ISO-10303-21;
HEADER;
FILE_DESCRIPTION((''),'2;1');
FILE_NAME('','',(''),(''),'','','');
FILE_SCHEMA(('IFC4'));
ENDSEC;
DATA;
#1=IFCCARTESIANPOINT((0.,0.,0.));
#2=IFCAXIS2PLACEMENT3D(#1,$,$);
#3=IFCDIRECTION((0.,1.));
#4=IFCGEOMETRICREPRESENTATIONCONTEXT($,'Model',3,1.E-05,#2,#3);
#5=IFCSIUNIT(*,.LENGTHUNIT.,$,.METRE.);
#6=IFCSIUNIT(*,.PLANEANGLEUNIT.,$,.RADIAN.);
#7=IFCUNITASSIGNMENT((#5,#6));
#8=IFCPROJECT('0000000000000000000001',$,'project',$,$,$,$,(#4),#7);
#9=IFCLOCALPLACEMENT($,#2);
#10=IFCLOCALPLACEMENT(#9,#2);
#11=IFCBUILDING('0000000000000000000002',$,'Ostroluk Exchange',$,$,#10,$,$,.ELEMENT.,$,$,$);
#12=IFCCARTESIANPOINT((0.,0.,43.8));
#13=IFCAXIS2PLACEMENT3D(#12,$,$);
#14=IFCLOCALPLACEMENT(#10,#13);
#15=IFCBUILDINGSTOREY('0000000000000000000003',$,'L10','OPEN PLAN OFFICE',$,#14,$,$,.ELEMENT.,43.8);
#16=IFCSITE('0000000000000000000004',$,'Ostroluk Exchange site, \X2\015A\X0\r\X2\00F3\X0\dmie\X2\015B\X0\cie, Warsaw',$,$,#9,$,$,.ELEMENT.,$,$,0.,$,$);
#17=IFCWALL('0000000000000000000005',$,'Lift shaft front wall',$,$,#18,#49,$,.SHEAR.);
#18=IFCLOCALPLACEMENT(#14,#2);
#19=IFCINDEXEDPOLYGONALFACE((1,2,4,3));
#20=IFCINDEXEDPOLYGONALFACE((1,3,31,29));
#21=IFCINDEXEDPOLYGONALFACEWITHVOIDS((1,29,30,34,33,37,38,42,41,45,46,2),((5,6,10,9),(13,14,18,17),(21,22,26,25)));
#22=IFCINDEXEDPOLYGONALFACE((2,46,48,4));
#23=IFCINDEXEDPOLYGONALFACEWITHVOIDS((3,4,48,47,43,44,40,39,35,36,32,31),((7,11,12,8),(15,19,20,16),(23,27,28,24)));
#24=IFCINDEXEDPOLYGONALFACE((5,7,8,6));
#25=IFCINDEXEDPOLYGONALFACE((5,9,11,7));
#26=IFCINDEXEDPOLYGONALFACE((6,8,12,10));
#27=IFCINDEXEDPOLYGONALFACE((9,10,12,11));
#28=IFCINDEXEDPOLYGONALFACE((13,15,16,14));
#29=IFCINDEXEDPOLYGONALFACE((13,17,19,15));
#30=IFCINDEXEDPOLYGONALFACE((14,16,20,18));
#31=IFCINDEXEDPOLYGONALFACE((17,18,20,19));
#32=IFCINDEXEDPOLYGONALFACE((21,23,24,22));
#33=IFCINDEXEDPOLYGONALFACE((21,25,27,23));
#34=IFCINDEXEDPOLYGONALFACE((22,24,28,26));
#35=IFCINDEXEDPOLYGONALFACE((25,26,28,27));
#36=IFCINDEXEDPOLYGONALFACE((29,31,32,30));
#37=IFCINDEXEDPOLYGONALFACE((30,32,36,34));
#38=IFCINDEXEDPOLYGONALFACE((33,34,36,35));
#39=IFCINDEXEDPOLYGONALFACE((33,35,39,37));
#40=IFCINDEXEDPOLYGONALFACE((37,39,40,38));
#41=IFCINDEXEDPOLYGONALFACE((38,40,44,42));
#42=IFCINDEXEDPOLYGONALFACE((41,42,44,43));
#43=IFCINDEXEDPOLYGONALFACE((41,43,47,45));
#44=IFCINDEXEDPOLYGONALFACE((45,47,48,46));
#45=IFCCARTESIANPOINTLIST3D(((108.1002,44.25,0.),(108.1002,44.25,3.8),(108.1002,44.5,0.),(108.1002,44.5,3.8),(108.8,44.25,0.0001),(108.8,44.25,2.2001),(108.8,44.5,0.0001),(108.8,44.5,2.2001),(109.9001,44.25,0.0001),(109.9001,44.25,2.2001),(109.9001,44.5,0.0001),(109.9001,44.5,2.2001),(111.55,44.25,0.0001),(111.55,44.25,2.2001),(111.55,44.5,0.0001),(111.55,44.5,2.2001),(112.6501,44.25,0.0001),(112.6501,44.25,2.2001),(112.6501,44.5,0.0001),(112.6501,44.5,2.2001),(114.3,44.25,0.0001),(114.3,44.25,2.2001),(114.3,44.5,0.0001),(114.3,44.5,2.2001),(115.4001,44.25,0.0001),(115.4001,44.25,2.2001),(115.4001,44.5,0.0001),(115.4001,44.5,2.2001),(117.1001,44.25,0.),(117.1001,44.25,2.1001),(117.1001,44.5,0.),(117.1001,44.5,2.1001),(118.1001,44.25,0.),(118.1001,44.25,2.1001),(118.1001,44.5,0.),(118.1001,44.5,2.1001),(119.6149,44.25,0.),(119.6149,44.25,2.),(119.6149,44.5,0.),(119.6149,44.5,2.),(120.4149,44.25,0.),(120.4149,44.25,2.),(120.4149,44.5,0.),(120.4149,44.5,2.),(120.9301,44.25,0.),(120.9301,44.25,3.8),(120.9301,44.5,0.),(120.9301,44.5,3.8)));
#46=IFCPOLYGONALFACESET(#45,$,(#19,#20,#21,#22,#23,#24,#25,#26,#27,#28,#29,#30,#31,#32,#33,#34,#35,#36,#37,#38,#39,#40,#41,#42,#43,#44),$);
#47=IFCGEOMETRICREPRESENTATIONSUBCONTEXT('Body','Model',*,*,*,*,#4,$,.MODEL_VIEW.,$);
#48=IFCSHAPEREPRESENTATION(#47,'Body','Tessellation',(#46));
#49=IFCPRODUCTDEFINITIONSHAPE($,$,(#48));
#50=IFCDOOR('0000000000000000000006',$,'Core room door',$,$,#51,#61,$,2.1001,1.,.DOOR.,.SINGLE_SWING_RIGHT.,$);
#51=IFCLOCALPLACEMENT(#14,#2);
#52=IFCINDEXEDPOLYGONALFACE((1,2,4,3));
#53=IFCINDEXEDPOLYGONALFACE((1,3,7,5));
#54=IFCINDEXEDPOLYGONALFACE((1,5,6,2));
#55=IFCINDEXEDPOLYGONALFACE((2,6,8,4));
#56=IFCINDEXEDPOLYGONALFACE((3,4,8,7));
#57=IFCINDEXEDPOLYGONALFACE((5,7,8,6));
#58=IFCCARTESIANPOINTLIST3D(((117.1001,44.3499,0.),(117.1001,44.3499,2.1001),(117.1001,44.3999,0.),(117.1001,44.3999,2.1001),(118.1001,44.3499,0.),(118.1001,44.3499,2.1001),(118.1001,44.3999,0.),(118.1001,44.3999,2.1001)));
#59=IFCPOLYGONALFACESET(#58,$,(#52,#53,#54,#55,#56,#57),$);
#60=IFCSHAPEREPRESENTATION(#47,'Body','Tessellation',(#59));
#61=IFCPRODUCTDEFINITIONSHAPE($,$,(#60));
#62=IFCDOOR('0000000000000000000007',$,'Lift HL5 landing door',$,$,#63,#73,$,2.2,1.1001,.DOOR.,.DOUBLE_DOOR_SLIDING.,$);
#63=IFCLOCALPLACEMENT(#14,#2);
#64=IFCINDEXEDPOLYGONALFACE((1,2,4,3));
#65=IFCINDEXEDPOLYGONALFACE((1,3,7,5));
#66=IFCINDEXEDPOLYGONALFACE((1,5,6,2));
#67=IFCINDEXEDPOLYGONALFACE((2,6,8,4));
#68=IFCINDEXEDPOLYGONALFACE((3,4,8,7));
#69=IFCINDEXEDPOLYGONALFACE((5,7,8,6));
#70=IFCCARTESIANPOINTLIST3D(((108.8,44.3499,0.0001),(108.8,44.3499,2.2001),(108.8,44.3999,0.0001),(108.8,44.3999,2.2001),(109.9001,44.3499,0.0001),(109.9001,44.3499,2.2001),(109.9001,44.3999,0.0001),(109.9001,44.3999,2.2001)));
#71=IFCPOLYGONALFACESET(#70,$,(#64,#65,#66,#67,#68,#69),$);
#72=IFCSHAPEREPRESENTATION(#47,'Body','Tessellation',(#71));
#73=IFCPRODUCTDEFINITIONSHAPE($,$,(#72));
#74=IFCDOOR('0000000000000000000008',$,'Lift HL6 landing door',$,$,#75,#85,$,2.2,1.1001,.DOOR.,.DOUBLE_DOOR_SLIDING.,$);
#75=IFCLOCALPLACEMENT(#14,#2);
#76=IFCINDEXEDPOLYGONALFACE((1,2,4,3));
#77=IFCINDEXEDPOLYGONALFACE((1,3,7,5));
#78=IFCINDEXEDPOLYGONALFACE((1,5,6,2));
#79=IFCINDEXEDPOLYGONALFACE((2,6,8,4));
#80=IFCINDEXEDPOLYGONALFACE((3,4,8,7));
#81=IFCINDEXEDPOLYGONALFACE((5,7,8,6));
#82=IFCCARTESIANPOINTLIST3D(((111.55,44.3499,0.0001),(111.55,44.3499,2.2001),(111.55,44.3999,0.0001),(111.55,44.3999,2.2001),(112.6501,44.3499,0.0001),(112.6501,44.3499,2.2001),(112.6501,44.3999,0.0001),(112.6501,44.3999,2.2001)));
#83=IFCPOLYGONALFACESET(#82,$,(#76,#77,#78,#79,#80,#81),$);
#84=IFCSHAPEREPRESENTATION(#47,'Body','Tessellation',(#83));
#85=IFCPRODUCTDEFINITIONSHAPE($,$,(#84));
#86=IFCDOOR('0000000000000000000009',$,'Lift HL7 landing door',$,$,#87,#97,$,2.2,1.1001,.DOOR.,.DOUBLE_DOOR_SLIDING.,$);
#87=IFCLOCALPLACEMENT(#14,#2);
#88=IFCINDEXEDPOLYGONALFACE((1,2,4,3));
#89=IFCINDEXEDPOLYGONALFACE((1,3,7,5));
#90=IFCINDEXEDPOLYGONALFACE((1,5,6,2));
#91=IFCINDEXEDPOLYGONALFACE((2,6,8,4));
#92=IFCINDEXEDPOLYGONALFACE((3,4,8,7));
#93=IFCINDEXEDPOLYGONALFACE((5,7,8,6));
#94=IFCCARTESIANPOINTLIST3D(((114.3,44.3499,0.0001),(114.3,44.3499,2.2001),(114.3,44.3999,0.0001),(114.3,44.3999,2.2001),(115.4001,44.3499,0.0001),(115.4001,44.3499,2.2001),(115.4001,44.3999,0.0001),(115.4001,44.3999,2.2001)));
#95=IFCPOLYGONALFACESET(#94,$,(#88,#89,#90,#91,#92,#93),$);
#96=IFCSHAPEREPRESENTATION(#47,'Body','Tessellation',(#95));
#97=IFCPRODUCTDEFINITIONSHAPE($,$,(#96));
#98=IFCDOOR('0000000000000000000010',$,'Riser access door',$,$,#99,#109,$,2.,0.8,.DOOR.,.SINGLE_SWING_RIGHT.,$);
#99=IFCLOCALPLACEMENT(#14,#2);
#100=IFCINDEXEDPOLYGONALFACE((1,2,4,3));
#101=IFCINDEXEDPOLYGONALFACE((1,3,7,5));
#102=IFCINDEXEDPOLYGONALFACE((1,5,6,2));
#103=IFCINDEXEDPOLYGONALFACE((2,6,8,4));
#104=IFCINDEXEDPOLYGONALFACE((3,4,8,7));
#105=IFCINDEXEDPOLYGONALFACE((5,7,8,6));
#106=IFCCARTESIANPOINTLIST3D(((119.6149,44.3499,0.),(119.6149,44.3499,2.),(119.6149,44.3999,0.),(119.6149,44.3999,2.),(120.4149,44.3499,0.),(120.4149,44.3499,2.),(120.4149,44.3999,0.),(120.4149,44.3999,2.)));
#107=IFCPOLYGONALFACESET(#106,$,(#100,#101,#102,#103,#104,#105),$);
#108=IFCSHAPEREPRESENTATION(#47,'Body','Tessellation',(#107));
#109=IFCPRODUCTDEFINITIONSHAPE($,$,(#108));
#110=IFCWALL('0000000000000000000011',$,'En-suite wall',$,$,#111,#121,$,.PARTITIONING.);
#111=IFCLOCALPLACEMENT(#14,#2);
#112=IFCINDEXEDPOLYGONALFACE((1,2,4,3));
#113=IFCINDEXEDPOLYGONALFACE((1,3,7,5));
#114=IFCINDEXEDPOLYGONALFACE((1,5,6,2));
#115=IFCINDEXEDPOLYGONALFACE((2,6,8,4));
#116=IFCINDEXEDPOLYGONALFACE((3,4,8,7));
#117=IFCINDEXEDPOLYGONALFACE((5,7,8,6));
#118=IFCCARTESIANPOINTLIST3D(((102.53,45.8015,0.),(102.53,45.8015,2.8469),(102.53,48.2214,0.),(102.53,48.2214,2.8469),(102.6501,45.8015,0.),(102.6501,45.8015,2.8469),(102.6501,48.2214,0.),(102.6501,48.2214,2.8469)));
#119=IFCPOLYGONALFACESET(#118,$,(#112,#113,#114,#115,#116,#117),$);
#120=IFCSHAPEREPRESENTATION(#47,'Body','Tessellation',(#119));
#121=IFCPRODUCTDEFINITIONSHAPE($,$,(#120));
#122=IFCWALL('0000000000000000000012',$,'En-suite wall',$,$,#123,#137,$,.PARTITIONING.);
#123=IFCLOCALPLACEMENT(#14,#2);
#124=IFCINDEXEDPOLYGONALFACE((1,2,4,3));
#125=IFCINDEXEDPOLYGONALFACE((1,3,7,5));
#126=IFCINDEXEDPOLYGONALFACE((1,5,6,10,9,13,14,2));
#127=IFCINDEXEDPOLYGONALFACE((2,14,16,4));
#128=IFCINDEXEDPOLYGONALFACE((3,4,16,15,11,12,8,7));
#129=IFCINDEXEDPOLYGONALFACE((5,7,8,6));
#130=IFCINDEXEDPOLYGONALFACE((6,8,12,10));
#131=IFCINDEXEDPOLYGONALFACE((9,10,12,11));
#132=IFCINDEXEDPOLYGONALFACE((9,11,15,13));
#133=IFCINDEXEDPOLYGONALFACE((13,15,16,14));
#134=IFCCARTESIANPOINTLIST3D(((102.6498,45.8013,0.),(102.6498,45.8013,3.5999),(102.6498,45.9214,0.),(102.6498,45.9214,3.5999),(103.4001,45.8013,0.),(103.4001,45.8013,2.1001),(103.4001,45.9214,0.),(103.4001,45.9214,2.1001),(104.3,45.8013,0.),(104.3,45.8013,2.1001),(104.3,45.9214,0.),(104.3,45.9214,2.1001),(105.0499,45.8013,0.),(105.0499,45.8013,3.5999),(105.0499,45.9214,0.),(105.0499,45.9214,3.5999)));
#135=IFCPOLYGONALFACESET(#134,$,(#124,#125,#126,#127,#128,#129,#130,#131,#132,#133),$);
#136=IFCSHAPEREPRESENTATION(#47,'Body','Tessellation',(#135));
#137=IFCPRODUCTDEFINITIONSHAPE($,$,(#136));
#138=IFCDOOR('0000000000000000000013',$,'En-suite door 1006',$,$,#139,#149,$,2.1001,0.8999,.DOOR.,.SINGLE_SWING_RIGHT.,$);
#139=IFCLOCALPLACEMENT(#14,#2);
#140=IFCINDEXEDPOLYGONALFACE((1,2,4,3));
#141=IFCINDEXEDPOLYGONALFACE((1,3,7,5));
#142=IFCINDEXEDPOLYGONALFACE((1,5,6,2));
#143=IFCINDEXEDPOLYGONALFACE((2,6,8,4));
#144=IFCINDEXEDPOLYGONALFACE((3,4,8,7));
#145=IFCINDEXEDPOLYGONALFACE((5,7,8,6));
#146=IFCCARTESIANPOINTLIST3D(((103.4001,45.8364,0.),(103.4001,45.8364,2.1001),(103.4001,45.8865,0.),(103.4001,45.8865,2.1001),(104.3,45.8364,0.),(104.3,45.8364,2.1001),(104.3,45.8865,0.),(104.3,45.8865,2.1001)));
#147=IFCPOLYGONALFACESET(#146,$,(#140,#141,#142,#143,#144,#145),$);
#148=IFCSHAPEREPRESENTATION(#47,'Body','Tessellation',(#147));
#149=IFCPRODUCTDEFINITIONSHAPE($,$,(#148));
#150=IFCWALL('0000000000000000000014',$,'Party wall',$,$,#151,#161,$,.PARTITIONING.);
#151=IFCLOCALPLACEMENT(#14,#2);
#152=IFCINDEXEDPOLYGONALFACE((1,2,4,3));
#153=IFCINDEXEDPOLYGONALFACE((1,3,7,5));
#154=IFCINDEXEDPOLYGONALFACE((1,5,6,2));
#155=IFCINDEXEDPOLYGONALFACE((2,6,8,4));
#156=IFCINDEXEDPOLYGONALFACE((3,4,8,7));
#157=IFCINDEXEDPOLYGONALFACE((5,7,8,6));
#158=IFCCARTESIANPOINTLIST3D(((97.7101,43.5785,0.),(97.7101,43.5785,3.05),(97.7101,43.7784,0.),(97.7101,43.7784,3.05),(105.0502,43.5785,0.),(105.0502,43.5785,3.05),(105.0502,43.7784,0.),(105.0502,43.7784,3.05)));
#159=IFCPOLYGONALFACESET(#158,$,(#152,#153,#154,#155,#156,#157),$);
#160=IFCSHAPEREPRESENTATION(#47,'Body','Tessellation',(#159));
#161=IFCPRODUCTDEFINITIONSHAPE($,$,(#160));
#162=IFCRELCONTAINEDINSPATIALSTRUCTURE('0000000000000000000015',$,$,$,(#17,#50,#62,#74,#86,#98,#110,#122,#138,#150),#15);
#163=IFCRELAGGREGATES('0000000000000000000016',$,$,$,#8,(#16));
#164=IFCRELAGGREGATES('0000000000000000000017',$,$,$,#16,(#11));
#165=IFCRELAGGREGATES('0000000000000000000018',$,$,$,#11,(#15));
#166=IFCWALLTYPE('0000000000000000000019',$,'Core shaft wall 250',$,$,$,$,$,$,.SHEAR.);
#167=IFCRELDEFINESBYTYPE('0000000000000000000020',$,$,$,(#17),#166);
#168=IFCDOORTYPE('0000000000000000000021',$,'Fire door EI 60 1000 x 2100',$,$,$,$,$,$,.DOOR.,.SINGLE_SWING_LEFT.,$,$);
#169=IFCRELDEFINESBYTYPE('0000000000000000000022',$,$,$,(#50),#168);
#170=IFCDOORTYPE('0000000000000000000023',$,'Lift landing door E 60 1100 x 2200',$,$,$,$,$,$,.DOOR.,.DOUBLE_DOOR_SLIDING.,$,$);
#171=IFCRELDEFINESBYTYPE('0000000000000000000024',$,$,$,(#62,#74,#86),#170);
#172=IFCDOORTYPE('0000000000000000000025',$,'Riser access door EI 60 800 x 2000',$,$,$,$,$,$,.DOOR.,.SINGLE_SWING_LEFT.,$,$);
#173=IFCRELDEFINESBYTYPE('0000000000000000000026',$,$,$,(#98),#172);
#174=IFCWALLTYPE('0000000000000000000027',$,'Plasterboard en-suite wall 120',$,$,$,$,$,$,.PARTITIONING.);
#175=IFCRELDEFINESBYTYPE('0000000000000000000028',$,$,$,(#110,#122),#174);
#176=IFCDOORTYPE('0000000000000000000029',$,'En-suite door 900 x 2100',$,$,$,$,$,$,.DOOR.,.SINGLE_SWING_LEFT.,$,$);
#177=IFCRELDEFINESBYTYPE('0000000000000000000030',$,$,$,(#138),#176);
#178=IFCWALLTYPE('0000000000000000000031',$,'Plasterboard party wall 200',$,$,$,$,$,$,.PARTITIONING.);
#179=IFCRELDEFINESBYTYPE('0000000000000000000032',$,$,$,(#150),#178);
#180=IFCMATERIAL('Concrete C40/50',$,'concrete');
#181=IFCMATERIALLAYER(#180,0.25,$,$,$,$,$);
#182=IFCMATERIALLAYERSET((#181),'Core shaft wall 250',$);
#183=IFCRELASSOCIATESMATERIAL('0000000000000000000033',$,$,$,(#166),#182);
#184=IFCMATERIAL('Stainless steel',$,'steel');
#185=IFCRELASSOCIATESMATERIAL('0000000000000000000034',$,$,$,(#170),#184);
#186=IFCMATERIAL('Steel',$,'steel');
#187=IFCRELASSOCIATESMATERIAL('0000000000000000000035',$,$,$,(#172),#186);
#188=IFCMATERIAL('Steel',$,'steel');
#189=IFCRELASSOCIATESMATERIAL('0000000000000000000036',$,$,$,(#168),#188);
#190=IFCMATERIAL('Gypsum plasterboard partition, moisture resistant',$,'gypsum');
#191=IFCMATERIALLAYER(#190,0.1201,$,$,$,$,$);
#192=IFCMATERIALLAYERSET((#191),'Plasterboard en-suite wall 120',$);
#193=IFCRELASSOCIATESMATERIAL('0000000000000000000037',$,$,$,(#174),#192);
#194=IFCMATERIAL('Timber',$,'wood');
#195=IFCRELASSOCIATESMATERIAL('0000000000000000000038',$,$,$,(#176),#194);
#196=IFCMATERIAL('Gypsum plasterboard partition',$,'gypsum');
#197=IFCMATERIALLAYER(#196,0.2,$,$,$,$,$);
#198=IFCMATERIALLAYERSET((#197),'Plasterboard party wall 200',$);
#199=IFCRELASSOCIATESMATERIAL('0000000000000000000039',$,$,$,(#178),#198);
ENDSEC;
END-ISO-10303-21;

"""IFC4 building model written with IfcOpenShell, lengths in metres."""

from ifc_helpers import new_model, si_unit, direction, frame, frame_2d, origin, place, context, subcontext, project, spatial, rectangle, extrude, material, layer, layer_set, type_object, element, fill, save


model = new_model("IFC4")

# Units and contexts
model_context = context("Model", 3, precision=1e-05, world=origin(), true_north=direction((0.0, 1.0)))
body_context = subcontext(model_context, "Body", "Model", "MODEL_VIEW")
ifc_project = project(units=[si_unit("LENGTHUNIT", "METRE"), si_unit("PLANEANGLEUNIT", "RADIAN")], contexts=[model_context])

# Site, building, storey
site_placement = place(None, origin())
site = spatial("IfcSite", under=ifc_project, at=site_placement, Name="Ostroluk Exchange site, Śródmieście, Warsaw", CompositionType="ELEMENT", RefElevation=0.0)
building_placement = place(site_placement, origin())
building = spatial("IfcBuilding", under=site, at=building_placement, Name="Ostroluk Exchange", CompositionType="ELEMENT")
storey_placement = place(building_placement, frame((0.0, 0.0, 43.8)))
storey = spatial("IfcBuildingStorey", under=building, at=storey_placement, Name="L10", Description="OPEN PLAN OFFICE", CompositionType="ELEMENT", Elevation=43.8)

# Shared definitions
ifc_material_1 = material(Name="Concrete C40/50", Category="concrete")
ifc_layer_1 = layer(ifc_material_1, 0.25)
ifc_layer_set_1 = layer_set([ifc_layer_1], Name="Core shaft wall 250")
wall_type_1 = type_object("IfcWallType", Name="Core shaft wall 250", PredefinedType="SHEAR", material=ifc_layer_set_1)

# Shared definitions
ifc_material_2 = material(Name="Stainless steel", Category="steel")
door_type_1 = type_object("IfcDoorType", Name="Lift landing door E 60 1100 x 2200", OperationType="DOUBLE_DOOR_SLIDING", PredefinedType="DOOR", material=ifc_material_2)
ifc_material_3 = material(Name="Steel", Category="steel")
door_type_2 = type_object("IfcDoorType", Name="Riser access door EI 60 800 x 2000", OperationType="SINGLE_SWING_LEFT", PredefinedType="DOOR", material=ifc_material_3)

# Wall, openings, doors
wall_1_placement = place(storey_placement, frame((108.1001, 44.375, 0.0), z_axis=(0.0, 0.0, 1.0), x_axis=(1.0, 0.0, 0.0)))
wall_1 = element("IfcWall", 1, at=wall_1_placement, inside=storey, type_object=wall_type_1, Name="Lift shaft front wall", PredefinedType="SHEAR", context=body_context, shape_type="SweptSolid", body=[
    extrude(rectangle(XDim=12.8298, YDim=0.25, at=frame_2d((6.415, 0.0))), origin(), (0.0, 0.0, 1.0), 3.8),
])
opening_1_placement = place(wall_1_placement, frame((0.7, 0.0, 0.0)))
opening_1 = element("IfcOpeningElement", 2, at=opening_1_placement, cuts=wall_1, PredefinedType="OPENING", context=body_context, shape_type="SweptSolid", body=[
    extrude(rectangle(XDim=1.1001, YDim=2.2, at=frame_2d((0.55, 1.1001))), frame((0.0, 0.135, 0.0), z_axis=(0.0, -1.0, 0.0), x_axis=(1.0, 0.0, 0.0)), (0.0, 0.0, 1.0), 0.27),
])
opening_2_placement = place(wall_1_placement, frame((3.45, 0.0, 0.0)))
opening_2 = element("IfcOpeningElement", 3, at=opening_2_placement, cuts=wall_1, PredefinedType="OPENING", context=body_context, shape_type="SweptSolid", body=[
    extrude(rectangle(XDim=1.1001, YDim=2.2, at=frame_2d((0.55, 1.1001))), frame((0.0, 0.135, 0.0), z_axis=(0.0, -1.0, 0.0), x_axis=(1.0, 0.0, 0.0)), (0.0, 0.0, 1.0), 0.27),
])
opening_3_placement = place(wall_1_placement, frame((6.2, 0.0, 0.0)))
opening_3 = element("IfcOpeningElement", 4, at=opening_3_placement, cuts=wall_1, PredefinedType="OPENING", context=body_context, shape_type="SweptSolid", body=[
    extrude(rectangle(XDim=1.1001, YDim=2.2, at=frame_2d((0.55, 1.1001))), frame((0.0, 0.135, 0.0), z_axis=(0.0, -1.0, 0.0), x_axis=(1.0, 0.0, 0.0)), (0.0, 0.0, 1.0), 0.27),
])
opening_4_placement = place(wall_1_placement, frame((9.0, 0.0, 0.0)))
opening_4 = element("IfcOpeningElement", 5, at=opening_4_placement, cuts=wall_1, PredefinedType="OPENING", context=body_context, shape_type="SweptSolid", body=[
    extrude(rectangle(XDim=1.0, YDim=2.1001, at=frame_2d((0.5, 1.05))), frame((0.0, 0.135, 0.0), z_axis=(0.0, -1.0, 0.0), x_axis=(1.0, 0.0, 0.0)), (0.0, 0.0, 1.0), 0.27),
])
opening_5_placement = place(wall_1_placement, frame((11.5149, 0.0, 0.0)))
opening_5 = element("IfcOpeningElement", 6, at=opening_5_placement, cuts=wall_1, PredefinedType="OPENING", context=body_context, shape_type="SweptSolid", body=[
    extrude(rectangle(XDim=0.8, YDim=2.0, at=frame_2d((0.3999, 1.0))), frame((0.0, 0.135, 0.0), z_axis=(0.0, -1.0, 0.0), x_axis=(1.0, 0.0, 0.0)), (0.0, 0.0, 1.0), 0.27),
])
ifc_material_4 = material(Name="Steel", Category="steel")
door_type_3 = type_object("IfcDoorType", Name="Fire door EI 60 1000 x 2100", OperationType="SINGLE_SWING_LEFT", PredefinedType="DOOR", material=ifc_material_4)
door_1_placement = place(opening_4_placement, origin())
door_1 = element("IfcDoor", 7, at=door_1_placement, inside=storey, type_object=door_type_3, Name="Core room door", OperationType="SINGLE_SWING_RIGHT", OverallHeight=2.1001, OverallWidth=1.0, PredefinedType="DOOR", context=body_context, shape_type="SweptSolid", body=[
    extrude(rectangle(XDim=1.0, YDim=2.1001, at=frame_2d((0.5, 1.05))), frame((0.0, 0.0249, 0.0), z_axis=(0.0, -1.0, 0.0), x_axis=(1.0, 0.0, 0.0)), (0.0, 0.0, 1.0), 0.05),
])
fill(opening_4, door_1)
door_2_placement = place(opening_1_placement, origin())
door_2 = element("IfcDoor", 8, at=door_2_placement, inside=storey, type_object=door_type_1, Name="Lift HL5 landing door", OperationType="DOUBLE_DOOR_SLIDING", OverallHeight=2.2, OverallWidth=1.1001, PredefinedType="DOOR", context=body_context, shape_type="SweptSolid", body=[
    extrude(rectangle(XDim=1.1001, YDim=2.2, at=frame_2d((0.55, 1.1001))), frame((0.0, 0.0249, 0.0), z_axis=(0.0, -1.0, 0.0), x_axis=(1.0, 0.0, 0.0)), (0.0, 0.0, 1.0), 0.05),
])
fill(opening_1, door_2)
door_3_placement = place(opening_2_placement, origin())
door_3 = element("IfcDoor", 9, at=door_3_placement, inside=storey, type_object=door_type_1, Name="Lift HL6 landing door", OperationType="DOUBLE_DOOR_SLIDING", OverallHeight=2.2, OverallWidth=1.1001, PredefinedType="DOOR", context=body_context, shape_type="SweptSolid", body=[
    extrude(rectangle(XDim=1.1001, YDim=2.2, at=frame_2d((0.55, 1.1001))), frame((0.0, 0.0249, 0.0), z_axis=(0.0, -1.0, 0.0), x_axis=(1.0, 0.0, 0.0)), (0.0, 0.0, 1.0), 0.05),
])
fill(opening_2, door_3)
door_4_placement = place(opening_3_placement, origin())
door_4 = element("IfcDoor", 10, at=door_4_placement, inside=storey, type_object=door_type_1, Name="Lift HL7 landing door", OperationType="DOUBLE_DOOR_SLIDING", OverallHeight=2.2, OverallWidth=1.1001, PredefinedType="DOOR", context=body_context, shape_type="SweptSolid", body=[
    extrude(rectangle(XDim=1.1001, YDim=2.2, at=frame_2d((0.55, 1.1001))), frame((0.0, 0.0249, 0.0), z_axis=(0.0, -1.0, 0.0), x_axis=(1.0, 0.0, 0.0)), (0.0, 0.0, 1.0), 0.05),
])
fill(opening_3, door_4)
door_5_placement = place(opening_5_placement, origin())
door_5 = element("IfcDoor", 11, at=door_5_placement, inside=storey, type_object=door_type_2, Name="Riser access door", OperationType="SINGLE_SWING_RIGHT", OverallHeight=2.0, OverallWidth=0.8, PredefinedType="DOOR", context=body_context, shape_type="SweptSolid", body=[
    extrude(rectangle(XDim=0.8, YDim=2.0, at=frame_2d((0.3999, 1.0))), frame((0.0, 0.0249, 0.0), z_axis=(0.0, -1.0, 0.0), x_axis=(1.0, 0.0, 0.0)), (0.0, 0.0, 1.0), 0.05),
])
fill(opening_5, door_5)

# Wall
ifc_material_5 = material(Name="Gypsum plasterboard partition, moisture resistant", Category="gypsum")
ifc_layer_2 = layer(ifc_material_5, 0.1201)
ifc_layer_set_2 = layer_set([ifc_layer_2], Name="Plasterboard en-suite wall 120")
wall_type_2 = type_object("IfcWallType", Name="Plasterboard en-suite wall 120", PredefinedType="PARTITIONING", material=ifc_layer_set_2)
wall_2_placement = place(storey_placement, frame((102.5901, 48.2214, 0.0), z_axis=(0.0, 0.0, 1.0), x_axis=(0.0, -1.0, 0.0)))
element("IfcWall", 12, at=wall_2_placement, inside=storey, type_object=wall_type_2, Name="En-suite wall", PredefinedType="PARTITIONING", context=body_context, shape_type="SweptSolid", body=[
    extrude(rectangle(XDim=2.4199, YDim=0.1201, at=frame_2d((1.21, 0.0))), origin(), (0.0, 0.0, 1.0), 2.8469),
])

# Wall, opening, door
wall_3_placement = place(storey_placement, frame((105.05, 45.8613, 0.0), z_axis=(0.0, 0.0, 1.0), x_axis=(-1.0, 0.0, 0.0)))
wall_3 = element("IfcWall", 13, at=wall_3_placement, inside=storey, type_object=wall_type_2, Name="En-suite wall", PredefinedType="PARTITIONING", context=body_context, shape_type="SweptSolid", body=[
    extrude(rectangle(XDim=2.4001, YDim=0.1201, at=frame_2d((1.2002, 0.0))), origin(), (0.0, 0.0, 1.0), 3.5999),
])
opening_6_placement = place(wall_3_placement, frame((0.75, 0.0, 0.0)))
opening_6 = element("IfcOpeningElement", 14, at=opening_6_placement, cuts=wall_3, PredefinedType="OPENING", context=body_context, shape_type="SweptSolid", body=[
    extrude(rectangle(XDim=0.8999, YDim=2.1001, at=frame_2d((0.45, 1.05))), frame((0.0, 0.0701, 0.0), z_axis=(0.0, -1.0, 0.0), x_axis=(1.0, 0.0, 0.0)), (0.0, 0.0, 1.0), 0.1401),
])
ifc_material_6 = material(Name="Timber", Category="wood")
door_type_4 = type_object("IfcDoorType", Name="En-suite door 900 x 2100", OperationType="SINGLE_SWING_LEFT", PredefinedType="DOOR", material=ifc_material_6)
door_6_placement = place(opening_6_placement, origin())
door_6 = element("IfcDoor", 15, at=door_6_placement, inside=storey, type_object=door_type_4, Name="En-suite door 1006", OperationType="SINGLE_SWING_RIGHT", OverallHeight=2.1001, OverallWidth=0.8999, PredefinedType="DOOR", context=body_context, shape_type="SweptSolid", body=[
    extrude(rectangle(XDim=0.8999, YDim=2.1001, at=frame_2d((0.45, 1.05))), frame((0.0, 0.0249, 0.0), z_axis=(0.0, -1.0, 0.0), x_axis=(1.0, 0.0, 0.0)), (0.0, 0.0, 1.0), 0.05),
])
fill(opening_6, door_6)

# Wall
ifc_material_7 = material(Name="Gypsum plasterboard partition", Category="gypsum")
ifc_layer_3 = layer(ifc_material_7, 0.2)
ifc_layer_set_3 = layer_set([ifc_layer_3], Name="Plasterboard party wall 200")
wall_type_3 = type_object("IfcWallType", Name="Plasterboard party wall 200", PredefinedType="PARTITIONING", material=ifc_layer_set_3)
wall_4_placement = place(storey_placement, frame((105.05, 43.6785, 0.0), z_axis=(0.0, 0.0, 1.0), x_axis=(-1.0, 0.0, 0.0)))
element("IfcWall", 16, at=wall_4_placement, inside=storey, type_object=wall_type_3, Name="Party wall", PredefinedType="PARTITIONING", context=body_context, shape_type="SweptSolid", body=[
    extrude(rectangle(XDim=7.3401, YDim=0.2, at=frame_2d((3.6699, 0.0))), origin(), (0.0, 0.0, 1.0), 3.05),
])

save(model, "model.ifc")
